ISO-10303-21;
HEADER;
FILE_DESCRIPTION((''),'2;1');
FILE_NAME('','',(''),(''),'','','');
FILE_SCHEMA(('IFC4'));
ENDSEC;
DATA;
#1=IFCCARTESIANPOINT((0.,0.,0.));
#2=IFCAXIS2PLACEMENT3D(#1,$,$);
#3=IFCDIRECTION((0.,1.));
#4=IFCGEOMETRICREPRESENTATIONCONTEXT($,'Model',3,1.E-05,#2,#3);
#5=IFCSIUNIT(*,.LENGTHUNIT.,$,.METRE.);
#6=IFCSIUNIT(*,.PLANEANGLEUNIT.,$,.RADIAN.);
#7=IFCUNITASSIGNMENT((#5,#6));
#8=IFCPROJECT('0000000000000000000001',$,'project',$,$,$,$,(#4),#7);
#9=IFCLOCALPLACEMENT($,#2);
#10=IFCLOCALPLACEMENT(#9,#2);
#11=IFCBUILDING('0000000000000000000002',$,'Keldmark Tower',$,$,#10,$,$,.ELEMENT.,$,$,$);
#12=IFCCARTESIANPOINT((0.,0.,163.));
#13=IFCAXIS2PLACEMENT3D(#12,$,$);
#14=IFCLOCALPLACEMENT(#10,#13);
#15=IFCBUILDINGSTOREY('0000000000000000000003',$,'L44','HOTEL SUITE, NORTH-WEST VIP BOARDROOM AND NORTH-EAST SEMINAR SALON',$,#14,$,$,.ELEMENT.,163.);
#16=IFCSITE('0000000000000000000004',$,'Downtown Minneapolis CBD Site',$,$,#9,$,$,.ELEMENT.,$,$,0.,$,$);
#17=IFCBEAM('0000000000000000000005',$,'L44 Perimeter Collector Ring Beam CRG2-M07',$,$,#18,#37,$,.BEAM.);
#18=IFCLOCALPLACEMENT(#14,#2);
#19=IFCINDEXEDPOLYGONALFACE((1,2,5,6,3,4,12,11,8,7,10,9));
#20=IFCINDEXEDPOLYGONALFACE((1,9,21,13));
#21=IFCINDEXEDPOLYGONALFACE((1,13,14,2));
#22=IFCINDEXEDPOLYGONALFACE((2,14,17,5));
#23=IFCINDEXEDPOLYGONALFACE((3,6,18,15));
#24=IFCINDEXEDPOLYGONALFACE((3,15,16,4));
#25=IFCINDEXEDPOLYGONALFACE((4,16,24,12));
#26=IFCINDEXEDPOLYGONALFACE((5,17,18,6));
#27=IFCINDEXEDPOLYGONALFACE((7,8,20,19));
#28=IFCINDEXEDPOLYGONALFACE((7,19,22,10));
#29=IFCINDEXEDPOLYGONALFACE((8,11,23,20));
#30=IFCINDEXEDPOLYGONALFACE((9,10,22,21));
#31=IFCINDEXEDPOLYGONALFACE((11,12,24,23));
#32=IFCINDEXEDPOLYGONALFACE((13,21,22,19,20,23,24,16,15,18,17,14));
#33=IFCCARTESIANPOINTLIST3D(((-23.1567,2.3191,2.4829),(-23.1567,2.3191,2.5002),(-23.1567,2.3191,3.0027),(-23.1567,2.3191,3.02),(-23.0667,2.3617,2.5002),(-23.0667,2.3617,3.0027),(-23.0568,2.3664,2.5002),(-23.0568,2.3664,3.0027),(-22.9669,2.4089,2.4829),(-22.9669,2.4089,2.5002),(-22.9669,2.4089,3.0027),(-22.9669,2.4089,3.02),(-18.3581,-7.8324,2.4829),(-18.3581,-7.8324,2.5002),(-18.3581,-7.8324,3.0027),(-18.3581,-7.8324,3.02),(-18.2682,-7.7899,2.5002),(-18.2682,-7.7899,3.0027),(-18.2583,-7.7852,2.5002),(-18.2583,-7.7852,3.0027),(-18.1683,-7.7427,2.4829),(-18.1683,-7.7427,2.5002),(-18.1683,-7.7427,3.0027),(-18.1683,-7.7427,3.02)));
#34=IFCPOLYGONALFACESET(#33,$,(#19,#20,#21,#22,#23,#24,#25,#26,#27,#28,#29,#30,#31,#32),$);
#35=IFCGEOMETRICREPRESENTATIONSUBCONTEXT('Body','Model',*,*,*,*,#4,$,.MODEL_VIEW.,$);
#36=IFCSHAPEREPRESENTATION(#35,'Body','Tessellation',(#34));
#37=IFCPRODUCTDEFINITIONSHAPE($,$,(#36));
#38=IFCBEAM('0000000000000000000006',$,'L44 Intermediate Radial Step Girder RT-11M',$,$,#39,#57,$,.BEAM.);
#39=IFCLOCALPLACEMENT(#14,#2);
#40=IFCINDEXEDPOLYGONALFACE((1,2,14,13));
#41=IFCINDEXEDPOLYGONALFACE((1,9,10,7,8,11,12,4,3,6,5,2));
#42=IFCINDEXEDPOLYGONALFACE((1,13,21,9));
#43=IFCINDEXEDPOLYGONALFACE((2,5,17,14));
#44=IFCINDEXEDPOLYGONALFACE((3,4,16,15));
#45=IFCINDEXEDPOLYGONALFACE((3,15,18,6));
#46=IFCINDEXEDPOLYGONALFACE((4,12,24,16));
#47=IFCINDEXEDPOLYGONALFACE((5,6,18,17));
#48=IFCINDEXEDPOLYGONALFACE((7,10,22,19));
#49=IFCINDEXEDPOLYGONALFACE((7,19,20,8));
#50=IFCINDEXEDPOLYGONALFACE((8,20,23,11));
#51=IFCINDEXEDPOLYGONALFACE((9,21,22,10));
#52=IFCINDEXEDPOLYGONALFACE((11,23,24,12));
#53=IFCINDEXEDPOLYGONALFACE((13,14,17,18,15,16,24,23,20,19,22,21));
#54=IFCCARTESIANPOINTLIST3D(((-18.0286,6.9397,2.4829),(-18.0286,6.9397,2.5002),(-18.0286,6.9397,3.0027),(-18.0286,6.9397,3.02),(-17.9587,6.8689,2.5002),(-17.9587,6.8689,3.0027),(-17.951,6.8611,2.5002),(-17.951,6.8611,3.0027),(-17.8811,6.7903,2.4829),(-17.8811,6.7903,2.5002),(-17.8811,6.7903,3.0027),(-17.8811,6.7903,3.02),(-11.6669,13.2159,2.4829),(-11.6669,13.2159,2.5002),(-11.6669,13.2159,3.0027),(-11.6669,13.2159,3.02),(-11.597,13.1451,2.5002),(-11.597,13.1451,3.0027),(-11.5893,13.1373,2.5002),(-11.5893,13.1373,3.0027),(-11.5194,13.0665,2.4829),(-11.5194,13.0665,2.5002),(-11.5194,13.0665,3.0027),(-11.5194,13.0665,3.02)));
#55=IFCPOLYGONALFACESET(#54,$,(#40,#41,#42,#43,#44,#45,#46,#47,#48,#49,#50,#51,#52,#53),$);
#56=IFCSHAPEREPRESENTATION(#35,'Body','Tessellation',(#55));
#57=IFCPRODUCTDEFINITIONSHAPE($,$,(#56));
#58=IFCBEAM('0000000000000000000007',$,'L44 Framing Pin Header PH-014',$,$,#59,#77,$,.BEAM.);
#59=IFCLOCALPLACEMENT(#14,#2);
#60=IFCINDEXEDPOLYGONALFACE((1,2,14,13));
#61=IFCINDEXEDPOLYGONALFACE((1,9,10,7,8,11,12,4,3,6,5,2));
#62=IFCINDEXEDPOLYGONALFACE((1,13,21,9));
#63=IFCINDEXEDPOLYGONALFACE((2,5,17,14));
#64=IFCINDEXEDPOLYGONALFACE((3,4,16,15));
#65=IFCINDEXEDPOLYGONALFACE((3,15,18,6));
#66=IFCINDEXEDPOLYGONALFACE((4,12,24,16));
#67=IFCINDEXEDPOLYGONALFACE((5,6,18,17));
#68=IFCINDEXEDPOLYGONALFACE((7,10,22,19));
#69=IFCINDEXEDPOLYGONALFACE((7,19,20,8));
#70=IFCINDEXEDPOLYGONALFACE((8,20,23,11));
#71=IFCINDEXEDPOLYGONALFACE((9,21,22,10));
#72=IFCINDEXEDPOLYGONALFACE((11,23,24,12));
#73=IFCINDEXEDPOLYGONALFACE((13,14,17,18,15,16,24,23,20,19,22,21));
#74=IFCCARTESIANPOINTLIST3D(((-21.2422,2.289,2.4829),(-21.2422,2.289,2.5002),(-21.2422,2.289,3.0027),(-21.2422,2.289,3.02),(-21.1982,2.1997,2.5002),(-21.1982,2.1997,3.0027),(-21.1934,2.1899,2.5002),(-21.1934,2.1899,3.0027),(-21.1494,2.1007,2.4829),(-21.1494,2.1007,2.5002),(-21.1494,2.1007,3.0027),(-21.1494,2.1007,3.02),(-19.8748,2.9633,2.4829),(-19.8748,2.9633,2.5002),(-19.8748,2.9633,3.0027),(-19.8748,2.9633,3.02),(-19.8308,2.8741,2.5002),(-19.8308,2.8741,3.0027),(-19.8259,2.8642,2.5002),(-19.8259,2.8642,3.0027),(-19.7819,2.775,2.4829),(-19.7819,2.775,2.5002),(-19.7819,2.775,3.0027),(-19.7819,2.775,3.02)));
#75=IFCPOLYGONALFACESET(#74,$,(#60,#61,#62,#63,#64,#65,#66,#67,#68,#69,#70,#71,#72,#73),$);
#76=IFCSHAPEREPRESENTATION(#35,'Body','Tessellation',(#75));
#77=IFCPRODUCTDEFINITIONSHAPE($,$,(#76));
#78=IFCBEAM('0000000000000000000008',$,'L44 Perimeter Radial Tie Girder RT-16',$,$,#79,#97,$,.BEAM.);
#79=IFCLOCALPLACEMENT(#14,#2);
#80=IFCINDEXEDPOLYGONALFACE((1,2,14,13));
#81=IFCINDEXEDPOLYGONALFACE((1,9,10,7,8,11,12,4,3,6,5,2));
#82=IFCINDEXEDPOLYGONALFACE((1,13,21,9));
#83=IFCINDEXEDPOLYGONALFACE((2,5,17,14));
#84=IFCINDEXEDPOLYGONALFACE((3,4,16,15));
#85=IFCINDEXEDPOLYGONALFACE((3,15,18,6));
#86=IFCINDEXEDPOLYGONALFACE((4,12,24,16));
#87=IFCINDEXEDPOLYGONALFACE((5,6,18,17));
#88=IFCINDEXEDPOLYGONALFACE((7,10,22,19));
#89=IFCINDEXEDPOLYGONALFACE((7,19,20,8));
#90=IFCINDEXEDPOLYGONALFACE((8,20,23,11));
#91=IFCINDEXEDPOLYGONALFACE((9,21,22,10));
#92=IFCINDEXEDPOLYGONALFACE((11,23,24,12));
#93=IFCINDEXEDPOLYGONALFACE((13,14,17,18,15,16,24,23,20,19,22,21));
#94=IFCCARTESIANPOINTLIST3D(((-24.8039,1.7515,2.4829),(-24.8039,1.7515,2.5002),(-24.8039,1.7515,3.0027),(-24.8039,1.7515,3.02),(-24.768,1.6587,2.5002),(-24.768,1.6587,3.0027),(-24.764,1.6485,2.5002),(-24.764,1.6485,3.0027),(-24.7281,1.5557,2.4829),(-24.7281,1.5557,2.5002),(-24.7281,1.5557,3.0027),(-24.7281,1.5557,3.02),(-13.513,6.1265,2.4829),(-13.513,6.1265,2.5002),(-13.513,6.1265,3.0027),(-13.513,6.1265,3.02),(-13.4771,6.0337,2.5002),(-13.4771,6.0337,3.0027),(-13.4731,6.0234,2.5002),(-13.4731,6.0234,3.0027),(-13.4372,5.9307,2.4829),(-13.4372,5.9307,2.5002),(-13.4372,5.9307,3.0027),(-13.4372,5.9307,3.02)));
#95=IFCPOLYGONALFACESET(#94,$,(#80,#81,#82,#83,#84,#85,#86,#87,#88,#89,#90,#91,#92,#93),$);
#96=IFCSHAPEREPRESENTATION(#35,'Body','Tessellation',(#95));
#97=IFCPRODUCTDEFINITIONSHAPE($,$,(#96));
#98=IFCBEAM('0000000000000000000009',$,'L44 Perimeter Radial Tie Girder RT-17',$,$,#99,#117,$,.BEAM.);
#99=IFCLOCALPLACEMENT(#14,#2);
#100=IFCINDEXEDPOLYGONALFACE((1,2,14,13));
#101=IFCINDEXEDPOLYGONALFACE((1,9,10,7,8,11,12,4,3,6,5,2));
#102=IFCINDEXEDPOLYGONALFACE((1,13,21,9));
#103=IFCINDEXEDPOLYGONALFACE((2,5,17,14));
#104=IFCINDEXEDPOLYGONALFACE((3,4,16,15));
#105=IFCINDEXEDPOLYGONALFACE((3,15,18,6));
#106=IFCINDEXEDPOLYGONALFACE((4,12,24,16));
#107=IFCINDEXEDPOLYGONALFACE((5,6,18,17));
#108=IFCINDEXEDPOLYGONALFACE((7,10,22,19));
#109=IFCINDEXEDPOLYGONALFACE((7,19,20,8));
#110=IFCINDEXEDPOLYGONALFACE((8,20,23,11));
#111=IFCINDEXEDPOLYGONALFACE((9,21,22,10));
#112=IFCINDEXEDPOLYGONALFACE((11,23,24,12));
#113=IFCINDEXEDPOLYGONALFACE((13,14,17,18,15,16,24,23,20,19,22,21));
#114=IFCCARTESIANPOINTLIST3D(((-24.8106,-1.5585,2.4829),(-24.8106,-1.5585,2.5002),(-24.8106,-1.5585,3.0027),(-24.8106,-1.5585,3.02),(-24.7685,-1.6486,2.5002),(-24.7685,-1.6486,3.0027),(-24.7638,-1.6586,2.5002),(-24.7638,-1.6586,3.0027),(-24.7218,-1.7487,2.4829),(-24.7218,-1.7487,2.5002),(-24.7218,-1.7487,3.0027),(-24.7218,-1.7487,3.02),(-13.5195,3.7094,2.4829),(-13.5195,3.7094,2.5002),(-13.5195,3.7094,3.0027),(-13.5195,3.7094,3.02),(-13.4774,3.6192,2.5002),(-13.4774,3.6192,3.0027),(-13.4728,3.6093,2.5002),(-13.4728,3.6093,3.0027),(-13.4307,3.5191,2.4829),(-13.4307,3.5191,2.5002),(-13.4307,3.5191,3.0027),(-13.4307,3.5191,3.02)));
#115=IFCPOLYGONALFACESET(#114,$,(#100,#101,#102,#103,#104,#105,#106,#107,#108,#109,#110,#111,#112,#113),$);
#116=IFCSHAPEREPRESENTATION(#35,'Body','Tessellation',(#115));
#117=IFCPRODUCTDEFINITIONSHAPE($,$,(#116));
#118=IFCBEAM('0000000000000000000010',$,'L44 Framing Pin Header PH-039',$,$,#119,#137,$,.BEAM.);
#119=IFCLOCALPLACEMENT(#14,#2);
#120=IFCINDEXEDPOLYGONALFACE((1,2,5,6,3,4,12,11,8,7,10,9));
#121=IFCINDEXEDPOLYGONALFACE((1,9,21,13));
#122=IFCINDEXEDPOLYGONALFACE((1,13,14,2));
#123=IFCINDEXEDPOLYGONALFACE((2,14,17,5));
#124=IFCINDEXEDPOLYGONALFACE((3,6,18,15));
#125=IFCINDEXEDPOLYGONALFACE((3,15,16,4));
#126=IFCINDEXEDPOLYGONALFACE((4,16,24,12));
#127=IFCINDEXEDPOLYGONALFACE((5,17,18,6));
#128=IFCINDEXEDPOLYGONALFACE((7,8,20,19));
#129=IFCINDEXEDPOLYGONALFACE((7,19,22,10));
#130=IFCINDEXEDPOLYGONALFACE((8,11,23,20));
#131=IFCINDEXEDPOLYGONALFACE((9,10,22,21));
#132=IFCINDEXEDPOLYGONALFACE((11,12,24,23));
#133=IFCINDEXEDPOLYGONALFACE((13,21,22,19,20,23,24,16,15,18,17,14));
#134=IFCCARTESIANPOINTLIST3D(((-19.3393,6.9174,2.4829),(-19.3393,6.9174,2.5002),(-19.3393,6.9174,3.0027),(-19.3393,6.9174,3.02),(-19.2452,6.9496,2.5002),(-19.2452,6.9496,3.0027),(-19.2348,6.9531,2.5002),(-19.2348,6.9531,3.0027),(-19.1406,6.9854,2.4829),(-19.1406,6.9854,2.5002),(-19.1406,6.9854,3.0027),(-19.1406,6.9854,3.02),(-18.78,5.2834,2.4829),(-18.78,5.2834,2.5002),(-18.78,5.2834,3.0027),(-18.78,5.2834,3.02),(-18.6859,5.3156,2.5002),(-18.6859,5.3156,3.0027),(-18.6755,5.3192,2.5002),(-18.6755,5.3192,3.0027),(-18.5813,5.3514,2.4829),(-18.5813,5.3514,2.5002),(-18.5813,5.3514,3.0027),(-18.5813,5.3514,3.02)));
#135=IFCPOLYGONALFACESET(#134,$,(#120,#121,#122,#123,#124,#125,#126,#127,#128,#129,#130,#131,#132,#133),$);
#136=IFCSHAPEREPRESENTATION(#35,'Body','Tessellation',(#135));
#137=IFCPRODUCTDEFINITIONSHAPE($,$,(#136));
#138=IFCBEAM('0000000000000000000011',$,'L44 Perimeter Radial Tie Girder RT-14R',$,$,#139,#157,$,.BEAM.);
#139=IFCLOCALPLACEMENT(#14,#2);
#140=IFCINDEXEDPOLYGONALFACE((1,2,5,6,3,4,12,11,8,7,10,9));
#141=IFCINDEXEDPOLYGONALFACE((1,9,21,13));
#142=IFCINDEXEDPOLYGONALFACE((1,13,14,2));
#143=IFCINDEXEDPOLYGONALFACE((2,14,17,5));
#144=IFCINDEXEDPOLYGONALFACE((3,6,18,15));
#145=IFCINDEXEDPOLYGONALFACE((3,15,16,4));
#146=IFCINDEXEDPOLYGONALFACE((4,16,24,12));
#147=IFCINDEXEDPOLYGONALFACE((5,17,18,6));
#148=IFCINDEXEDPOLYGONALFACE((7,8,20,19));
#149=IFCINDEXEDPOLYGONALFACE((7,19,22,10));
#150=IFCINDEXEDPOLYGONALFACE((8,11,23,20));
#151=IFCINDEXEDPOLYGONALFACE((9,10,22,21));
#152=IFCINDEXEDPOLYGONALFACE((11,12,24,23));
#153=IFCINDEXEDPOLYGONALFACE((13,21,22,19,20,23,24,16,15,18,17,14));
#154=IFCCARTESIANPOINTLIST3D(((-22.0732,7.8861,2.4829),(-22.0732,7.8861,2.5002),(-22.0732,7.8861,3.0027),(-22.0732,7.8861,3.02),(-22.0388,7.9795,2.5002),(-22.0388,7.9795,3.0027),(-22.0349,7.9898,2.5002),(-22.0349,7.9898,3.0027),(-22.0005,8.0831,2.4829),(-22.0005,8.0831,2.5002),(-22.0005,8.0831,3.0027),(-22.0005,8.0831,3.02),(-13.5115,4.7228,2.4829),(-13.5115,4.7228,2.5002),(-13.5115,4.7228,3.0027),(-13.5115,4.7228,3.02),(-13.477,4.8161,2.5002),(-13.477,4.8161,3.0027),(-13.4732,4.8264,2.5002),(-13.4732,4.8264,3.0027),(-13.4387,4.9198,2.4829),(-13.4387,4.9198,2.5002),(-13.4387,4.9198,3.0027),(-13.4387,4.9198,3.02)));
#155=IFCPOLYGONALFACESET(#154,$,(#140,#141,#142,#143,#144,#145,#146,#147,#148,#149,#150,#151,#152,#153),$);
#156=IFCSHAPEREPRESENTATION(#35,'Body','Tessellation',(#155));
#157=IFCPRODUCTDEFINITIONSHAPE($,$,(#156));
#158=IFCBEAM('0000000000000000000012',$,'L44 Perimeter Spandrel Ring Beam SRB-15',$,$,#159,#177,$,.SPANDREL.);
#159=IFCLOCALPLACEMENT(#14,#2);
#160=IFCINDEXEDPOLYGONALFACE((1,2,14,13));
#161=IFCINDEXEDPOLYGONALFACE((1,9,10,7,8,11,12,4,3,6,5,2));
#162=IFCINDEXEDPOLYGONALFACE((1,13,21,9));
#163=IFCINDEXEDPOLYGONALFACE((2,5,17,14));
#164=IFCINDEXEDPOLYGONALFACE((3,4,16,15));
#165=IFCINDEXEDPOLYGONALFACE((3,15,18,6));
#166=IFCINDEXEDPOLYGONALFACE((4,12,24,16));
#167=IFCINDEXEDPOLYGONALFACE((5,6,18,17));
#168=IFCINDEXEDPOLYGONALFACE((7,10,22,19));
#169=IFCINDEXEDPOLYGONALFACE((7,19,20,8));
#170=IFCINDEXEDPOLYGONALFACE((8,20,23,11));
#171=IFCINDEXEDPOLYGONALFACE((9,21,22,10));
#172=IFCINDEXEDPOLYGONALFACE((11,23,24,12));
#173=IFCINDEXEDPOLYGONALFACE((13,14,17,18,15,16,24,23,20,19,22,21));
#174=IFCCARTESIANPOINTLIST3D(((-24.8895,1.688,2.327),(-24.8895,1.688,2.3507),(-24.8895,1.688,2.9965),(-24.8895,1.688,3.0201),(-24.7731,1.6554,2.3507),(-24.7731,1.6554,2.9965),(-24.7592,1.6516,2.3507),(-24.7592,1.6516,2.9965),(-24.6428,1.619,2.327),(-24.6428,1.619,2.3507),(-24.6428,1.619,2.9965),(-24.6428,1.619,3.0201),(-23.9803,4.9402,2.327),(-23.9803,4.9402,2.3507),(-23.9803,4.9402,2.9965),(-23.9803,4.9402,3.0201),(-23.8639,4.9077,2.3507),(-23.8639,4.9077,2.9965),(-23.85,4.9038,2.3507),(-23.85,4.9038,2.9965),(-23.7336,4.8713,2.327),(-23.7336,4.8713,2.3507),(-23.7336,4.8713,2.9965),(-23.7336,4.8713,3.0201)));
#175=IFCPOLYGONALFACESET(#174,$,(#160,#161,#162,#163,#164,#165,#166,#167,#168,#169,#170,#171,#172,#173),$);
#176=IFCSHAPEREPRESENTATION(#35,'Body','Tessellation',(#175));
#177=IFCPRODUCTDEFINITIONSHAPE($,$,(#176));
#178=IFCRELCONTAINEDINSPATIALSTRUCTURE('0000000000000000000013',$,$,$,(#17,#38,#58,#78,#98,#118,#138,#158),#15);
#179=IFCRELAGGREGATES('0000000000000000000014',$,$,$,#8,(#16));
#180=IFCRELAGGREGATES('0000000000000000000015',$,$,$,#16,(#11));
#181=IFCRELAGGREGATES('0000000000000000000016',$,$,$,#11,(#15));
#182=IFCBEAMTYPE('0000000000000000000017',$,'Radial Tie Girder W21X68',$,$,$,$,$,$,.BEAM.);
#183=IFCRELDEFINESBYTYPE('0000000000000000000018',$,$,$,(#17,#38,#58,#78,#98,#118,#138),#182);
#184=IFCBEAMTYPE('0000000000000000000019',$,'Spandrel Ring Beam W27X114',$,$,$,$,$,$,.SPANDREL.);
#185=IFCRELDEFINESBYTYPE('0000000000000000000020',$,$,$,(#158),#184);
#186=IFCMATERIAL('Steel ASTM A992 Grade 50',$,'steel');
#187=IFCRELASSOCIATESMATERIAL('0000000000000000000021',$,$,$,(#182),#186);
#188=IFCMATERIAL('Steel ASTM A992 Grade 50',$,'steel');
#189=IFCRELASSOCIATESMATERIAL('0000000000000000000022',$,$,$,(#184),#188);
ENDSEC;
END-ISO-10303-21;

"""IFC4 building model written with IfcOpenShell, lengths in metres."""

from ifc_helpers import new_model, si_unit, direction, frame, origin, origin_2d, place, context, subcontext, project, spatial, i_section, extrude, material, material_profile, profile_set, type_object, element, save


model = new_model("IFC4")

# Units and contexts
model_context = context("Model", 3, precision=1e-05, world=origin(), true_north=direction((0.0, 1.0)))
body_context = subcontext(model_context, "Body", "Model", "MODEL_VIEW")
ifc_project = project(units=[si_unit("LENGTHUNIT", "METRE"), si_unit("PLANEANGLEUNIT", "RADIAN")], contexts=[model_context])

# Site, building, storey
site_placement = place(None, origin())
site = spatial("IfcSite", under=ifc_project, at=site_placement, Name="Downtown Minneapolis CBD Site", CompositionType="ELEMENT", RefElevation=0.0)
building_placement = place(site_placement, origin())
building = spatial("IfcBuilding", under=site, at=building_placement, Name="Keldmark Tower", CompositionType="ELEMENT")
storey_placement = place(building_placement, frame((0.0, 0.0, 163.0)))
storey = spatial("IfcBuildingStorey", under=building, at=storey_placement, Name="L44", Description="HOTEL SUITE, NORTH-WEST VIP BOARDROOM AND NORTH-EAST SEMINAR SALON", CompositionType="ELEMENT", Elevation=163.0)

# Beams
ifc_material_1 = material(Name="Steel ASTM A992 Grade 50", Category="steel")
ifc_material_profile_1 = material_profile(ifc_material_1, i_section(OverallWidth=0.21, OverallDepth=0.5371, WebThickness=0.011, FlangeThickness=0.0173, at=origin_2d()), Name="W21X68")
ifc_profile_set_1 = profile_set([ifc_material_profile_1], Name="Steel ASTM A992 Grade 50")
beam_type_1 = type_object("IfcBeamType", Name="Radial Tie Girder W21X68", PredefinedType="BEAM", material=ifc_profile_set_1)
beam_1_placement = place(storey_placement, frame((-23.0618, 2.364, 2.7515), z_axis=(0.427353, -0.904085, 0.0), x_axis=(0.904085, 0.427353, 0.0)))
element("IfcBeam", 1, at=beam_1_placement, inside=storey, type_object=beam_type_1, Name="L44 Perimeter Collector Ring Beam CRG2-M07", PredefinedType="BEAM", context=body_context, shape_type="SweptSolid", body=[
    extrude(i_section(OverallWidth=0.21, OverallDepth=0.5371, WebThickness=0.011, FlangeThickness=0.0173, at=origin_2d()), origin(), (0.0, 0.0, 1.0), 11.2285),
])
beam_2_placement = place(storey_placement, frame((-17.9548, 6.865, 2.7515), z_axis=(0.711872, 0.70231, 0.0), x_axis=(-0.70231, 0.711872, 0.0)))
element("IfcBeam", 2, at=beam_2_placement, inside=storey, type_object=beam_type_1, Name="L44 Intermediate Radial Step Girder RT-11M", PredefinedType="BEAM", context=body_context, shape_type="SweptSolid", body=[
    extrude(i_section(OverallWidth=0.21, OverallDepth=0.5371, WebThickness=0.011, FlangeThickness=0.0173, at=origin_2d()), origin(), (0.0, 0.0, 1.0), 8.9365),
])
beam_3_placement = place(storey_placement, frame((-19.8284, 2.8691, 2.7515), z_axis=(-0.89688, -0.442275, 0.0), x_axis=(0.442275, -0.89688, 0.0)))
element("IfcBeam", 3, at=beam_3_placement, inside=storey, type_object=beam_type_1, Name="L44 Framing Pin Header PH-014", PredefinedType="BEAM", context=body_context, shape_type="SweptSolid", body=[
    extrude(i_section(OverallWidth=0.21, OverallDepth=0.5371, WebThickness=0.011, FlangeThickness=0.0173, at=origin_2d()), origin(), (0.0, 0.0, 1.0), 1.5247),
])
beam_4_placement = place(storey_placement, frame((-13.4751, 6.0286, 2.7515), z_axis=(-0.932449, -0.361302, 0.0), x_axis=(0.361302, -0.932449, 0.0)))
element("IfcBeam", 4, at=beam_4_placement, inside=storey, type_object=beam_type_1, Name="L44 Perimeter Radial Tie Girder RT-16", PredefinedType="BEAM", context=body_context, shape_type="SweptSolid", body=[
    extrude(i_section(OverallWidth=0.21, OverallDepth=0.5371, WebThickness=0.011, FlangeThickness=0.0173, at=origin_2d()), origin(), (0.0, 0.0, 1.0), 12.1089),
])
beam_5_placement = place(storey_placement, frame((-13.4751, 3.6143, 2.7515), z_axis=(-0.906224, -0.422799, 0.0), x_axis=(0.422799, -0.906224, 0.0)))
element("IfcBeam", 5, at=beam_5_placement, inside=storey, type_object=beam_type_1, Name="L44 Perimeter Radial Tie Girder RT-17", PredefinedType="BEAM", context=body_context, shape_type="SweptSolid", body=[
    extrude(i_section(OverallWidth=0.21, OverallDepth=0.5371, WebThickness=0.011, FlangeThickness=0.0173, at=origin_2d()), origin(), (0.0, 0.0, 1.0), 12.4595),
])
beam_6_placement = place(storey_placement, frame((-18.6807, 5.3174, 2.7515), z_axis=(-0.323851, 0.946108, 0.0), x_axis=(-0.946108, -0.323851, 0.0)))
element("IfcBeam", 6, at=beam_6_placement, inside=storey, type_object=beam_type_1, Name="L44 Framing Pin Header PH-039", PredefinedType="BEAM", context=body_context, shape_type="SweptSolid", body=[
    extrude(i_section(OverallWidth=0.21, OverallDepth=0.5371, WebThickness=0.011, FlangeThickness=0.0173, at=origin_2d()), origin(), (0.0, 0.0, 1.0), 1.7271),
])
beam_7_placement = place(storey_placement, frame((-13.4751, 4.8213, 2.7515), z_axis=(-0.938023, 0.346573, 0.0), x_axis=(-0.346573, -0.938023, 0.0)))
element("IfcBeam", 7, at=beam_7_placement, inside=storey, type_object=beam_type_1, Name="L44 Perimeter Radial Tie Girder RT-14R", PredefinedType="BEAM", context=body_context, shape_type="SweptSolid", body=[
    extrude(i_section(OverallWidth=0.21, OverallDepth=0.5371, WebThickness=0.011, FlangeThickness=0.0173, at=origin_2d()), origin(), (0.0, 0.0, 1.0), 9.1274),
])
ifc_material_2 = material(Name="Steel ASTM A992 Grade 50", Category="steel")
ifc_material_profile_2 = material_profile(ifc_material_2, i_section(OverallWidth=0.2561, OverallDepth=0.6931, WebThickness=0.0144, FlangeThickness=0.0237, at=origin_2d()), Name="W27X114")
ifc_profile_set_2 = profile_set([ifc_material_profile_2], Name="Steel ASTM A992 Grade 50")
beam_type_2 = type_object("IfcBeamType", Name="Spandrel Ring Beam W27X114", PredefinedType="SPANDREL", material=ifc_profile_set_2)
beam_8_placement = place(storey_placement, frame((-23.8569, 4.9058, 2.6736), z_axis=(-0.269236, -0.963074, 0.0), x_axis=(0.963074, -0.269236, 0.0)))
element("IfcBeam", 8, at=beam_8_placement, inside=storey, type_object=beam_type_2, Name="L44 Perimeter Spandrel Ring Beam SRB-15", PredefinedType="SPANDREL", context=body_context, shape_type="SweptSolid", body=[
    extrude(i_section(OverallWidth=0.2561, OverallDepth=0.6931, WebThickness=0.0144, FlangeThickness=0.0237, at=origin_2d()), origin(), (0.0, 0.0, 1.0), 3.377),
])

save(model, "model.ifc")
